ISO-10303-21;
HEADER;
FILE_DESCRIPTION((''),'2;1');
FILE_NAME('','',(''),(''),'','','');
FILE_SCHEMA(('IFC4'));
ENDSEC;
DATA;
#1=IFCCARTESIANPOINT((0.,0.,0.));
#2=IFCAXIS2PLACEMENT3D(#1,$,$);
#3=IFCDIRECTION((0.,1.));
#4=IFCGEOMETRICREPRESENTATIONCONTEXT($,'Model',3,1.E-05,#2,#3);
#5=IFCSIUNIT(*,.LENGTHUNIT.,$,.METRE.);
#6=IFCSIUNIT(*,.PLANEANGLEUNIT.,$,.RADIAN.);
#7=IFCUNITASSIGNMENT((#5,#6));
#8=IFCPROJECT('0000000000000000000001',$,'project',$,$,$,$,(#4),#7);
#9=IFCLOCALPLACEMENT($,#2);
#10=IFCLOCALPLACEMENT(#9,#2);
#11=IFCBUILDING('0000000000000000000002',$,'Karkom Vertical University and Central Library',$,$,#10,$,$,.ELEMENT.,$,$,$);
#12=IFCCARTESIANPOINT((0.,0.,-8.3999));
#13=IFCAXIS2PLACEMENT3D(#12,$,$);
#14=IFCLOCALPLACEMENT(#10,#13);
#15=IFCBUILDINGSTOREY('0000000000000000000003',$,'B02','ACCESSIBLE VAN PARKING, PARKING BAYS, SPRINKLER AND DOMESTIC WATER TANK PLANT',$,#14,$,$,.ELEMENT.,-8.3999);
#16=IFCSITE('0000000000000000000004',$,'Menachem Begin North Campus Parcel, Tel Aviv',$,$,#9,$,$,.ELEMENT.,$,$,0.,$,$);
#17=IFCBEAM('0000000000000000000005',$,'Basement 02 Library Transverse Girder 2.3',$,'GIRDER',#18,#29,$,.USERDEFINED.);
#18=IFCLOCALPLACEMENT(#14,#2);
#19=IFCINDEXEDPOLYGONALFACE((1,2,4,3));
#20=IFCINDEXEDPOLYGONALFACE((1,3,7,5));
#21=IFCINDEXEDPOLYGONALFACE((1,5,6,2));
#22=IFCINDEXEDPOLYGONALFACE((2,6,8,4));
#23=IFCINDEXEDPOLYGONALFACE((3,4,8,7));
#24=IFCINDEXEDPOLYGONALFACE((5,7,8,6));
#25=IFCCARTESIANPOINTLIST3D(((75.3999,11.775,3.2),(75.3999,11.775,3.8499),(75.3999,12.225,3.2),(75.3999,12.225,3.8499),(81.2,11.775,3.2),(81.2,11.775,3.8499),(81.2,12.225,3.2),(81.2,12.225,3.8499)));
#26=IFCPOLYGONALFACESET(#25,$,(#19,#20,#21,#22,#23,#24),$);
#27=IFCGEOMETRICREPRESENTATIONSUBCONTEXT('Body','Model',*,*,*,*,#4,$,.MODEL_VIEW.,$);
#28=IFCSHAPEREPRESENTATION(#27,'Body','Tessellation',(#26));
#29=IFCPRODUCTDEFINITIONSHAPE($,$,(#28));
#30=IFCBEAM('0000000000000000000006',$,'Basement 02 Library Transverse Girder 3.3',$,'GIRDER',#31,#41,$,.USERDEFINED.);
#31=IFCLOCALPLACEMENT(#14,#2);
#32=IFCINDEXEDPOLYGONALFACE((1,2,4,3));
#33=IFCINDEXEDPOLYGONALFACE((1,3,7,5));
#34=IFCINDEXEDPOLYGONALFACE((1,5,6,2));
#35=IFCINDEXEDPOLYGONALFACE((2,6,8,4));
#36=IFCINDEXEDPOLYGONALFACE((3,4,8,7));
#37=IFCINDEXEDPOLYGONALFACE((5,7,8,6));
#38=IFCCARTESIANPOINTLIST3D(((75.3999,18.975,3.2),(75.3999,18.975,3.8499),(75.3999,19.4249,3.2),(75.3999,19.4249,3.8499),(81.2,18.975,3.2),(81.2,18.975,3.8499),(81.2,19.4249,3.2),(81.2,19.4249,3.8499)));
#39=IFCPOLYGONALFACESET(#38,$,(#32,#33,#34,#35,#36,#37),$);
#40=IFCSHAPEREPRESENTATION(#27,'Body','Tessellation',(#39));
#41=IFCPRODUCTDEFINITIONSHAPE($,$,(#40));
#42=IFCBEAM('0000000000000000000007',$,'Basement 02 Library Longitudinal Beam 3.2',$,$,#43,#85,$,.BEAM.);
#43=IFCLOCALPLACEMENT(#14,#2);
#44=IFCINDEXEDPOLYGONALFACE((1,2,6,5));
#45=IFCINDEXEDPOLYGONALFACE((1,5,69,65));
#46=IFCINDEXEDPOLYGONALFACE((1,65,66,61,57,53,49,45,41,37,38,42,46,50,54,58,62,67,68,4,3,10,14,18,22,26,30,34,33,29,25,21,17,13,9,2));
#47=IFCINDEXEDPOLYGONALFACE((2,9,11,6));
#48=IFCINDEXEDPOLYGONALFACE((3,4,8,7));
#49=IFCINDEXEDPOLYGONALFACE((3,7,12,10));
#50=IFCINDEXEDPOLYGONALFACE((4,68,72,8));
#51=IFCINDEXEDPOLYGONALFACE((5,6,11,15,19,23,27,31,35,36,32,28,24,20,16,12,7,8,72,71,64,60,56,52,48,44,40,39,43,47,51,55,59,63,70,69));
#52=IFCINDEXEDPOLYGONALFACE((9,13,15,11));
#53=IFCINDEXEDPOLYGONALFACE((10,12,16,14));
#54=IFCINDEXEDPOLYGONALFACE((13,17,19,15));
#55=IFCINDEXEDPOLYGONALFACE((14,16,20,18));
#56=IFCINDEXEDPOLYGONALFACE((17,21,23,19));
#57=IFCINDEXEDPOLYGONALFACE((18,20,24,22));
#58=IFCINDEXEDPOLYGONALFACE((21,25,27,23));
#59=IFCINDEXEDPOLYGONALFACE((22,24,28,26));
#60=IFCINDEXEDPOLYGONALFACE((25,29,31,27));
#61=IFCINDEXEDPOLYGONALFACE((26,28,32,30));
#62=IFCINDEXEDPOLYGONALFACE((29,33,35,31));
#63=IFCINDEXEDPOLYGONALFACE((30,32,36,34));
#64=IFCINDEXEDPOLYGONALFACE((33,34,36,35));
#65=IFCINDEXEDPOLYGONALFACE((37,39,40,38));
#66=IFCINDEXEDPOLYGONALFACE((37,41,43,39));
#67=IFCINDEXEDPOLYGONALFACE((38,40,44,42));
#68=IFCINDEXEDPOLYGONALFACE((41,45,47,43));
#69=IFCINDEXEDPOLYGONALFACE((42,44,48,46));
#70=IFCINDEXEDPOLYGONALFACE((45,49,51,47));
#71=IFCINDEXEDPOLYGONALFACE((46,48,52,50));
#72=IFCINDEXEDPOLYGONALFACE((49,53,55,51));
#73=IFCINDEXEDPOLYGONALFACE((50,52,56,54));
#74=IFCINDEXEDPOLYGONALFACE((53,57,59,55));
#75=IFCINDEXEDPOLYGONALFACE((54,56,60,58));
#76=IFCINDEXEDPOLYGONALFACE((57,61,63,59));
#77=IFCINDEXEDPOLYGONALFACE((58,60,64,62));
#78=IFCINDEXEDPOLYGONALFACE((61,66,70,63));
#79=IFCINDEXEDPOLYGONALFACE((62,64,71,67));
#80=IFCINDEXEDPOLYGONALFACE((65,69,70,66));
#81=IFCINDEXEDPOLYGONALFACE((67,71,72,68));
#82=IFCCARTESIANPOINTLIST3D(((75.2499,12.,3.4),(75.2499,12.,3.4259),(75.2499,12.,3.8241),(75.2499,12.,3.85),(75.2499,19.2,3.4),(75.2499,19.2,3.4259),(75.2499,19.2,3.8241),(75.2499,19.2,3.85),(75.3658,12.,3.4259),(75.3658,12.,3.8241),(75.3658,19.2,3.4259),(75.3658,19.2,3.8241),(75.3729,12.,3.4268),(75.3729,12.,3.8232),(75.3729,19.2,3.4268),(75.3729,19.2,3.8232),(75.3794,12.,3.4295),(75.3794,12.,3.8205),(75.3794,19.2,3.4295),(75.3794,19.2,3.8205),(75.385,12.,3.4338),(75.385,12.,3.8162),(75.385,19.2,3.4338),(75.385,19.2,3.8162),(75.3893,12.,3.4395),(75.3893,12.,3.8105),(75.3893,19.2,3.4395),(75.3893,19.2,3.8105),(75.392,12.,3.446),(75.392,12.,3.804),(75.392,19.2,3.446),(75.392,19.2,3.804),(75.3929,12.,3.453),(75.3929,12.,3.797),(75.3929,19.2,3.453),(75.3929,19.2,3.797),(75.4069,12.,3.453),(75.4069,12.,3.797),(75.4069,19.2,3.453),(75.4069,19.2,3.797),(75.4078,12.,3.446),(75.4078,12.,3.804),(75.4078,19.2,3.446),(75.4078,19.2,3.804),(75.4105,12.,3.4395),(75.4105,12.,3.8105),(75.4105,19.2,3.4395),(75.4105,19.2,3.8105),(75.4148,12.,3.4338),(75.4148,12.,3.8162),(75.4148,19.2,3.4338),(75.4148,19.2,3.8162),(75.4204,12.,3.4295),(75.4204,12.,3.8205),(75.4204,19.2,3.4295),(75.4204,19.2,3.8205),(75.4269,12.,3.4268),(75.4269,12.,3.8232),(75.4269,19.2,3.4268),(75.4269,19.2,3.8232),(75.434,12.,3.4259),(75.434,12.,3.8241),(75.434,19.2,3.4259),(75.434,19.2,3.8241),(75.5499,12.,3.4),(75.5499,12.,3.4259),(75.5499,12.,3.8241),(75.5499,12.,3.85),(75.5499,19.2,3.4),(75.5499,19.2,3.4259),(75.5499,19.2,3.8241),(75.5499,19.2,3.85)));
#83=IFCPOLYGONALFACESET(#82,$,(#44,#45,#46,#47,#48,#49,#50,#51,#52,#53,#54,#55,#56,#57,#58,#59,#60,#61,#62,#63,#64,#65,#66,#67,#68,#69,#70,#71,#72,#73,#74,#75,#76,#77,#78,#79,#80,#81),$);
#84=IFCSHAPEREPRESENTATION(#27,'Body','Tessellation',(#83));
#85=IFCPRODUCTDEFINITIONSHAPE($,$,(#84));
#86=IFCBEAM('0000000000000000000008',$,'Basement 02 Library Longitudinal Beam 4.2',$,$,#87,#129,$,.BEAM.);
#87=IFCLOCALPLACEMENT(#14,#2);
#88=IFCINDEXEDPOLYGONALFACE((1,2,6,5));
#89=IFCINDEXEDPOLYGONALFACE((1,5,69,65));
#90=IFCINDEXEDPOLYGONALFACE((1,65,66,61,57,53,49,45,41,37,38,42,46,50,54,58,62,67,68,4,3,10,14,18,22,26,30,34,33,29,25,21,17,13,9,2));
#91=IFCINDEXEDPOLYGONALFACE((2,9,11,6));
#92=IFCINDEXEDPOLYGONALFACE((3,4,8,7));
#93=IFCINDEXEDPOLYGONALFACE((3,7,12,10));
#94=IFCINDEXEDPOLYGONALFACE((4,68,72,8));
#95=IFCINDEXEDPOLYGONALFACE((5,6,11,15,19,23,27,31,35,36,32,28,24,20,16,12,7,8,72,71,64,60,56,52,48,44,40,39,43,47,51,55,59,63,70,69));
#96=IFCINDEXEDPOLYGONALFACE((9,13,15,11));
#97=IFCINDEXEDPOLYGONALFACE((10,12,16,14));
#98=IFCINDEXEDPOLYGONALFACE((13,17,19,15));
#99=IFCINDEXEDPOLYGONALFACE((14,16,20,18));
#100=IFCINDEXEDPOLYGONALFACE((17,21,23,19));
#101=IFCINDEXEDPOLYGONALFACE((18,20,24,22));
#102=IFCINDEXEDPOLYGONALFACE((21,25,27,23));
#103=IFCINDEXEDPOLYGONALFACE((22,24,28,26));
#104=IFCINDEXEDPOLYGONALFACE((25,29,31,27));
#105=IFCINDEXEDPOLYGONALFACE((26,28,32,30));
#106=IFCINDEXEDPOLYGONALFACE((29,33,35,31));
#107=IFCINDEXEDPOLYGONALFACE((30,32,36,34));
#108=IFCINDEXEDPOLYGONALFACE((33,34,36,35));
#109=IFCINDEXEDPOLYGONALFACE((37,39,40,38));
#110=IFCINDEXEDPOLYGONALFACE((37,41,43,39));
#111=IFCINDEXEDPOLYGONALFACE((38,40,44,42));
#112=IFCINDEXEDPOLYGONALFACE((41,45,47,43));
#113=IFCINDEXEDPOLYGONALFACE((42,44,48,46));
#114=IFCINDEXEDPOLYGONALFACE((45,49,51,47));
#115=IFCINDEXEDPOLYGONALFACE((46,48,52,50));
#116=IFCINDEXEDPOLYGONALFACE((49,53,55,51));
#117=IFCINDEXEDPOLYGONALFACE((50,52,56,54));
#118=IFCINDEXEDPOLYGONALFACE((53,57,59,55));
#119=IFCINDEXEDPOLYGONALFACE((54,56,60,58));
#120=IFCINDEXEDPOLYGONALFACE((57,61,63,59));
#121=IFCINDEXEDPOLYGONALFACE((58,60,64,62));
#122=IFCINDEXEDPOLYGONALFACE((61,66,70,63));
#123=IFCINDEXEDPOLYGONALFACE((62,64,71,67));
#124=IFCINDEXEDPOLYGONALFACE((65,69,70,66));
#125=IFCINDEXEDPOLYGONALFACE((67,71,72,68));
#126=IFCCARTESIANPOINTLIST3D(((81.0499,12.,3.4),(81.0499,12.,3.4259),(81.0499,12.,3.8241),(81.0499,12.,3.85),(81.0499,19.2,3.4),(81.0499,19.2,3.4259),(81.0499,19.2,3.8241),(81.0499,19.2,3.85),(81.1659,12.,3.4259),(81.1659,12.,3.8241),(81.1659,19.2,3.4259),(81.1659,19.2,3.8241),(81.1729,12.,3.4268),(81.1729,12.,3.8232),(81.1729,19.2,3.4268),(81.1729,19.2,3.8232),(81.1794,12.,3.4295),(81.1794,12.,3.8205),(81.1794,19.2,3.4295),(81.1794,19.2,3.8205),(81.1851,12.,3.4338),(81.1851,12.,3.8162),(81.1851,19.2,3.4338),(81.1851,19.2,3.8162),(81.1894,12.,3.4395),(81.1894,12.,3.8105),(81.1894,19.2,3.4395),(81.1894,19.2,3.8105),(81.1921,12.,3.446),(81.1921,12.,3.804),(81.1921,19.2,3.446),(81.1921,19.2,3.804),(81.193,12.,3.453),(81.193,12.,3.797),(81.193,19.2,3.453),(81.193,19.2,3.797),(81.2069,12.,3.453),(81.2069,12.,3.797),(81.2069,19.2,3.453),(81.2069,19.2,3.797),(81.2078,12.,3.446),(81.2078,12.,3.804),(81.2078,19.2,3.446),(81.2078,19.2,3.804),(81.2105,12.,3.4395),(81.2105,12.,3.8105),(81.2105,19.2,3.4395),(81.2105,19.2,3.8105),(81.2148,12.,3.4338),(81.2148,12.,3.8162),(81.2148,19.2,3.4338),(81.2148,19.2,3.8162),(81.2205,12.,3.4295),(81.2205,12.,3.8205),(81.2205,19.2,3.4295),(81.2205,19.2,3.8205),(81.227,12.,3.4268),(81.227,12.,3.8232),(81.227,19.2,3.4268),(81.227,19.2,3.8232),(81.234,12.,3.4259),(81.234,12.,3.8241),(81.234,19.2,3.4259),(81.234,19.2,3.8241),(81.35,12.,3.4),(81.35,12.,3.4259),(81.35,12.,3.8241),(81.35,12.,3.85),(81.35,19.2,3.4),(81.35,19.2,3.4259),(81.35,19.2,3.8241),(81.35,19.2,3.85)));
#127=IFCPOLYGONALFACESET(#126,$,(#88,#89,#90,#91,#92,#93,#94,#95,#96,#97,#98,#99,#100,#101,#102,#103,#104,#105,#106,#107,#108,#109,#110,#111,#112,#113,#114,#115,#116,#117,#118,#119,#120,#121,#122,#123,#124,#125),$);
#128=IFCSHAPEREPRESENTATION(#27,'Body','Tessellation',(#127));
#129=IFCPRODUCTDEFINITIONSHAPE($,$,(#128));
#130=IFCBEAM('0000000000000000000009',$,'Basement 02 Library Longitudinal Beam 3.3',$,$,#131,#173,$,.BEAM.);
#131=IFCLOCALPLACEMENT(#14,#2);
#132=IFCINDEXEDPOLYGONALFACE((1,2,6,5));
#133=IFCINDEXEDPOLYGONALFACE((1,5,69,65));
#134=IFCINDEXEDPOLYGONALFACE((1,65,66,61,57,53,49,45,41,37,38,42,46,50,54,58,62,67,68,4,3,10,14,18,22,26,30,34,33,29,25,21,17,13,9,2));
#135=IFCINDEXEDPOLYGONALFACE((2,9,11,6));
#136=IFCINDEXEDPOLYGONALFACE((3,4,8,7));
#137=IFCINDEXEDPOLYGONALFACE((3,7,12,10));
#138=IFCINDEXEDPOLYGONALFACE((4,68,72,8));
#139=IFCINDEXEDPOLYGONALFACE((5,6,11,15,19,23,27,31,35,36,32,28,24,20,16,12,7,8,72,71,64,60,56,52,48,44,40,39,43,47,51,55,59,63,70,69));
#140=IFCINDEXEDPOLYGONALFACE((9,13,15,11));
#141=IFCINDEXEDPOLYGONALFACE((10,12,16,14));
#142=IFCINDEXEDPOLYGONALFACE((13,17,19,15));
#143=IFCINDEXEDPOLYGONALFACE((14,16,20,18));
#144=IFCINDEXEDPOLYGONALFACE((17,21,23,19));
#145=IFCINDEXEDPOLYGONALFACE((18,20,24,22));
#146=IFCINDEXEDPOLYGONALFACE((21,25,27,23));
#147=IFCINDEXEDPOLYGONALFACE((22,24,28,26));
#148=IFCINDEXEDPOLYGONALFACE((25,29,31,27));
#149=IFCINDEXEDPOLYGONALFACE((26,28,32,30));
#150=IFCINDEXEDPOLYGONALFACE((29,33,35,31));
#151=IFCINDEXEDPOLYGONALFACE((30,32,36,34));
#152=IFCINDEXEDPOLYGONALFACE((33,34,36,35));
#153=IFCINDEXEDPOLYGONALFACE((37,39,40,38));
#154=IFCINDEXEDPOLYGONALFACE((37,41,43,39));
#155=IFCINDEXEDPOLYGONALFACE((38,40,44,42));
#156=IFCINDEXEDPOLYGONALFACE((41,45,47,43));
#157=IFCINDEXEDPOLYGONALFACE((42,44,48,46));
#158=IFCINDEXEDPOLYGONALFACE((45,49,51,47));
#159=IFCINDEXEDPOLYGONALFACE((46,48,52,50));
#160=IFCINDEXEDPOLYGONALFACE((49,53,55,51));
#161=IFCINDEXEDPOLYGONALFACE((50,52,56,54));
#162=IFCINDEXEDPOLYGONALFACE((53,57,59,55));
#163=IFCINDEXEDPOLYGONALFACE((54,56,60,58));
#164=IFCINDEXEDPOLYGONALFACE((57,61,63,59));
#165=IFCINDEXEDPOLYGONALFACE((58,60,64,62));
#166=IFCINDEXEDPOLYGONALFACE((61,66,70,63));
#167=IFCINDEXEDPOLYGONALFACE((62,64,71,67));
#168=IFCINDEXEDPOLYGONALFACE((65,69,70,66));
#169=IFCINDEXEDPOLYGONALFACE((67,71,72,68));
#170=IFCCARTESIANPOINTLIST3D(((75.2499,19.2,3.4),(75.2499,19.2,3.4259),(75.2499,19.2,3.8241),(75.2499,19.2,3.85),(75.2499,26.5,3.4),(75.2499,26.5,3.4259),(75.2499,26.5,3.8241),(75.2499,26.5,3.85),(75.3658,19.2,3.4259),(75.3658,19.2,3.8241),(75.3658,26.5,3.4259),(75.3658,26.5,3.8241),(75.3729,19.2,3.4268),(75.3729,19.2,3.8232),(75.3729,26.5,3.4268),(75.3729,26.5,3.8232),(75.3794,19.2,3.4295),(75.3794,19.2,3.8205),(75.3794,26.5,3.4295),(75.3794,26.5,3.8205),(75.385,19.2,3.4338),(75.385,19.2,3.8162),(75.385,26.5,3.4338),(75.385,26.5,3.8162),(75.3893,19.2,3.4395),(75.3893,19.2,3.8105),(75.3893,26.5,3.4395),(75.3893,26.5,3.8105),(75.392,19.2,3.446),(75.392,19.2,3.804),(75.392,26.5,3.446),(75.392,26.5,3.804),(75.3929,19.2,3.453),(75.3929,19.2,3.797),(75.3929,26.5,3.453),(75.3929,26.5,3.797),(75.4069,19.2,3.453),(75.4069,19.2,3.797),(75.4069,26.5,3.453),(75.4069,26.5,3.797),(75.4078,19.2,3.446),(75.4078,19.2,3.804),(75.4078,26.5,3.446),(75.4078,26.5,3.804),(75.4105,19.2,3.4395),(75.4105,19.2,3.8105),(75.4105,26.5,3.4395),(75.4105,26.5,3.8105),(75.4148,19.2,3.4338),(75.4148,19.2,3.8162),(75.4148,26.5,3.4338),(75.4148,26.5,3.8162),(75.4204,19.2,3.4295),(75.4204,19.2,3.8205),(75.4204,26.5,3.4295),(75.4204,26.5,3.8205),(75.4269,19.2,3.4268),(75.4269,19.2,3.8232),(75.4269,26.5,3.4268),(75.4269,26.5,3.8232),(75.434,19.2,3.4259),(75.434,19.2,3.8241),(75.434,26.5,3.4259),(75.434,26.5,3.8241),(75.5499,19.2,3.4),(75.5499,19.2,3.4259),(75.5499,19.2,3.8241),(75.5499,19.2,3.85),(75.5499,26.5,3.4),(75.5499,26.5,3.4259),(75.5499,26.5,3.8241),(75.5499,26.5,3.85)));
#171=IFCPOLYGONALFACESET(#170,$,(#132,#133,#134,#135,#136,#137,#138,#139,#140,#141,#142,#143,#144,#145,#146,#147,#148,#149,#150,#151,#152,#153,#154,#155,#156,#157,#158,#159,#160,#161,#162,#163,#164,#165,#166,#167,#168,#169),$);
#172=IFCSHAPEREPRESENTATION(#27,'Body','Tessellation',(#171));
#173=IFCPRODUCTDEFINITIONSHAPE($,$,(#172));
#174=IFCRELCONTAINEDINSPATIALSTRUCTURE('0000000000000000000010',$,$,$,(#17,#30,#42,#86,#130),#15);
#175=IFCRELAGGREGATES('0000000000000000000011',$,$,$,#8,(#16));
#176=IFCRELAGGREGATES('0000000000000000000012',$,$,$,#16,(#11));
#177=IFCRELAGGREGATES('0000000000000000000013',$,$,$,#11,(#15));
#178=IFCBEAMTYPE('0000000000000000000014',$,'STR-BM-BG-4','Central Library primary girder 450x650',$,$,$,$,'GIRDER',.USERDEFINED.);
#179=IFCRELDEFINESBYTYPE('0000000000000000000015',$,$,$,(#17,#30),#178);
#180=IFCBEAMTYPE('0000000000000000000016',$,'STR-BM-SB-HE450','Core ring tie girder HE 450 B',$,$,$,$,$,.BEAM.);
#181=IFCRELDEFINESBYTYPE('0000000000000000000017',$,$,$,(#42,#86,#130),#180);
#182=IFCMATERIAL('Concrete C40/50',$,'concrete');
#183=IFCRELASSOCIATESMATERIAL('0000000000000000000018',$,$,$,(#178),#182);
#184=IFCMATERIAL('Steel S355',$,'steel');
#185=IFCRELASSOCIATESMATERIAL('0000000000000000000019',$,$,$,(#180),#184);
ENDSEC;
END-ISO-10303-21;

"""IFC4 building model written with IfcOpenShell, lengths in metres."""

from ifc_helpers import new_model, si_unit, direction, frame, origin, origin_with_axes, origin_2d, place, context, subcontext, project, spatial, rectangle, i_section, extrude, source, transform, mapped, material, material_profile, profile_set, type_object, element, save


model = new_model("IFC4")

# Units and contexts
model_context = context("Model", 3, precision=1e-05, world=origin(), true_north=direction((0.0, 1.0)))
body_context = subcontext(model_context, "Body", "Model", "MODEL_VIEW")
ifc_project = project(units=[si_unit("LENGTHUNIT", "METRE"), si_unit("PLANEANGLEUNIT", "RADIAN")], contexts=[model_context])

# Site, building, storey
site_placement = place(None, origin())
site = spatial("IfcSite", under=ifc_project, at=site_placement, Name="Menachem Begin North Campus Parcel, Tel Aviv", CompositionType="ELEMENT", RefElevation=0.0)
building_placement = place(site_placement, origin())
building = spatial("IfcBuilding", under=site, at=building_placement, Name="Karkom Vertical University and Central Library", CompositionType="ELEMENT")
storey_placement = place(building_placement, frame((0.0, 0.0, -8.3999)))
storey = spatial("IfcBuildingStorey", under=building, at=storey_placement, Name="B02", Description="ACCESSIBLE VAN PARKING, PARKING BAYS, SPRINKLER AND DOMESTIC WATER TANK PLANT", CompositionType="ELEMENT", Elevation=-8.3999)

# Shared definitions
ifc_material_1 = material(Name="Concrete C40/50", Category="concrete")

# Beams
ifc_material_profile_1 = material_profile(ifc_material_1, rectangle(XDim=0.45, YDim=0.6499, at=origin_2d()), Name="RCB-450x650")
ifc_profile_set_1 = profile_set([ifc_material_profile_1], Name="Concrete C40/50")
beam_type_1 = type_object("IfcBeamType", Name="STR-BM-BG-4", Description="Central Library primary girder 450x650", ElementType="GIRDER", PredefinedType="USERDEFINED", material=ifc_profile_set_1)
shared_shape_1 = source(origin_with_axes(), body_context, "Body", "SweptSolid", [
    extrude(rectangle(XDim=0.45, YDim=0.6499, at=origin_2d()), origin(), (0.0, 0.0, 1.0), 5.8),
])
for number, where, z_axis, x_axis, name in (
    (1, (75.3999, 12.0, 3.5249), (1.0, 0.0, 0.0), (0.0, 1.0, 0.0), "Basement 02 Library Transverse Girder 2.3"),
    (2, (75.3999, 19.2, 3.5249), (1.0, 0.0, 0.0), (0.0, 1.0, 0.0), "Basement 02 Library Transverse Girder 3.3"),
):
    element("IfcBeam", number, at=place(storey_placement, frame(where, z_axis=z_axis, x_axis=x_axis)), inside=storey, type_object=beam_type_1, Name=name, ObjectType="GIRDER", PredefinedType="USERDEFINED", context=body_context, shape_type="MappedRepresentation", body=[
        mapped(shared_shape_1, transform((0.0, 0.0, 0.0), scale=1.0)),
    ])
ifc_material_2 = material(Name="Steel S355", Category="steel")
ifc_material_profile_2 = material_profile(ifc_material_2, i_section(OverallWidth=0.3, OverallDepth=0.45, WebThickness=0.0139, FlangeThickness=0.0259, FilletRadius=0.0271, at=origin_2d()), Name="HE 450 B")
ifc_profile_set_2 = profile_set([ifc_material_profile_2], Name="Steel S355")
beam_type_2 = type_object("IfcBeamType", Name="STR-BM-SB-HE450", Description="Core ring tie girder HE 450 B", PredefinedType="BEAM", material=ifc_profile_set_2)
shared_shape_2 = source(origin_with_axes(), body_context, "Body", "SweptSolid", [
    extrude(i_section(OverallWidth=0.3, OverallDepth=0.45, WebThickness=0.0139, FlangeThickness=0.0259, FilletRadius=0.0271, at=origin_2d()), origin(), (0.0, 0.0, 1.0), 7.2),
])
for number, where, z_axis, x_axis, name in (
    (3, (75.3999, 12.0, 3.625), (0.0, 1.0, 0.0), (-1.0, 0.0, 0.0), "Basement 02 Library Longitudinal Beam 3.2"),
    (4, (81.2, 12.0, 3.625), (0.0, 1.0, 0.0), (-1.0, 0.0, 0.0), "Basement 02 Library Longitudinal Beam 4.2"),
):
    element("IfcBeam", number, at=place(storey_placement, frame(where, z_axis=z_axis, x_axis=x_axis)), inside=storey, type_object=beam_type_2, Name=name, PredefinedType="BEAM", context=body_context, shape_type="MappedRepresentation", body=[
        mapped(shared_shape_2, transform((0.0, 0.0, 0.0), scale=1.0)),
    ])
shared_shape_3 = source(origin_with_axes(), body_context, "Body", "SweptSolid", [
    extrude(i_section(OverallWidth=0.3, OverallDepth=0.45, WebThickness=0.0139, FlangeThickness=0.0259, FilletRadius=0.0271, at=origin_2d()), origin(), (0.0, 0.0, 1.0), 7.3),
])
for number, where, z_axis, x_axis, name in (
    (5, (75.3999, 19.2, 3.625), (0.0, 1.0, 0.0), (-1.0, 0.0, 0.0), "Basement 02 Library Longitudinal Beam 3.3"),
):
    element("IfcBeam", number, at=place(storey_placement, frame(where, z_axis=z_axis, x_axis=x_axis)), inside=storey, type_object=beam_type_2, Name=name, PredefinedType="BEAM", context=body_context, shape_type="MappedRepresentation", body=[
        mapped(shared_shape_3, transform((0.0, 0.0, 0.0), scale=1.0)),
    ])

save(model, "model.ifc")
